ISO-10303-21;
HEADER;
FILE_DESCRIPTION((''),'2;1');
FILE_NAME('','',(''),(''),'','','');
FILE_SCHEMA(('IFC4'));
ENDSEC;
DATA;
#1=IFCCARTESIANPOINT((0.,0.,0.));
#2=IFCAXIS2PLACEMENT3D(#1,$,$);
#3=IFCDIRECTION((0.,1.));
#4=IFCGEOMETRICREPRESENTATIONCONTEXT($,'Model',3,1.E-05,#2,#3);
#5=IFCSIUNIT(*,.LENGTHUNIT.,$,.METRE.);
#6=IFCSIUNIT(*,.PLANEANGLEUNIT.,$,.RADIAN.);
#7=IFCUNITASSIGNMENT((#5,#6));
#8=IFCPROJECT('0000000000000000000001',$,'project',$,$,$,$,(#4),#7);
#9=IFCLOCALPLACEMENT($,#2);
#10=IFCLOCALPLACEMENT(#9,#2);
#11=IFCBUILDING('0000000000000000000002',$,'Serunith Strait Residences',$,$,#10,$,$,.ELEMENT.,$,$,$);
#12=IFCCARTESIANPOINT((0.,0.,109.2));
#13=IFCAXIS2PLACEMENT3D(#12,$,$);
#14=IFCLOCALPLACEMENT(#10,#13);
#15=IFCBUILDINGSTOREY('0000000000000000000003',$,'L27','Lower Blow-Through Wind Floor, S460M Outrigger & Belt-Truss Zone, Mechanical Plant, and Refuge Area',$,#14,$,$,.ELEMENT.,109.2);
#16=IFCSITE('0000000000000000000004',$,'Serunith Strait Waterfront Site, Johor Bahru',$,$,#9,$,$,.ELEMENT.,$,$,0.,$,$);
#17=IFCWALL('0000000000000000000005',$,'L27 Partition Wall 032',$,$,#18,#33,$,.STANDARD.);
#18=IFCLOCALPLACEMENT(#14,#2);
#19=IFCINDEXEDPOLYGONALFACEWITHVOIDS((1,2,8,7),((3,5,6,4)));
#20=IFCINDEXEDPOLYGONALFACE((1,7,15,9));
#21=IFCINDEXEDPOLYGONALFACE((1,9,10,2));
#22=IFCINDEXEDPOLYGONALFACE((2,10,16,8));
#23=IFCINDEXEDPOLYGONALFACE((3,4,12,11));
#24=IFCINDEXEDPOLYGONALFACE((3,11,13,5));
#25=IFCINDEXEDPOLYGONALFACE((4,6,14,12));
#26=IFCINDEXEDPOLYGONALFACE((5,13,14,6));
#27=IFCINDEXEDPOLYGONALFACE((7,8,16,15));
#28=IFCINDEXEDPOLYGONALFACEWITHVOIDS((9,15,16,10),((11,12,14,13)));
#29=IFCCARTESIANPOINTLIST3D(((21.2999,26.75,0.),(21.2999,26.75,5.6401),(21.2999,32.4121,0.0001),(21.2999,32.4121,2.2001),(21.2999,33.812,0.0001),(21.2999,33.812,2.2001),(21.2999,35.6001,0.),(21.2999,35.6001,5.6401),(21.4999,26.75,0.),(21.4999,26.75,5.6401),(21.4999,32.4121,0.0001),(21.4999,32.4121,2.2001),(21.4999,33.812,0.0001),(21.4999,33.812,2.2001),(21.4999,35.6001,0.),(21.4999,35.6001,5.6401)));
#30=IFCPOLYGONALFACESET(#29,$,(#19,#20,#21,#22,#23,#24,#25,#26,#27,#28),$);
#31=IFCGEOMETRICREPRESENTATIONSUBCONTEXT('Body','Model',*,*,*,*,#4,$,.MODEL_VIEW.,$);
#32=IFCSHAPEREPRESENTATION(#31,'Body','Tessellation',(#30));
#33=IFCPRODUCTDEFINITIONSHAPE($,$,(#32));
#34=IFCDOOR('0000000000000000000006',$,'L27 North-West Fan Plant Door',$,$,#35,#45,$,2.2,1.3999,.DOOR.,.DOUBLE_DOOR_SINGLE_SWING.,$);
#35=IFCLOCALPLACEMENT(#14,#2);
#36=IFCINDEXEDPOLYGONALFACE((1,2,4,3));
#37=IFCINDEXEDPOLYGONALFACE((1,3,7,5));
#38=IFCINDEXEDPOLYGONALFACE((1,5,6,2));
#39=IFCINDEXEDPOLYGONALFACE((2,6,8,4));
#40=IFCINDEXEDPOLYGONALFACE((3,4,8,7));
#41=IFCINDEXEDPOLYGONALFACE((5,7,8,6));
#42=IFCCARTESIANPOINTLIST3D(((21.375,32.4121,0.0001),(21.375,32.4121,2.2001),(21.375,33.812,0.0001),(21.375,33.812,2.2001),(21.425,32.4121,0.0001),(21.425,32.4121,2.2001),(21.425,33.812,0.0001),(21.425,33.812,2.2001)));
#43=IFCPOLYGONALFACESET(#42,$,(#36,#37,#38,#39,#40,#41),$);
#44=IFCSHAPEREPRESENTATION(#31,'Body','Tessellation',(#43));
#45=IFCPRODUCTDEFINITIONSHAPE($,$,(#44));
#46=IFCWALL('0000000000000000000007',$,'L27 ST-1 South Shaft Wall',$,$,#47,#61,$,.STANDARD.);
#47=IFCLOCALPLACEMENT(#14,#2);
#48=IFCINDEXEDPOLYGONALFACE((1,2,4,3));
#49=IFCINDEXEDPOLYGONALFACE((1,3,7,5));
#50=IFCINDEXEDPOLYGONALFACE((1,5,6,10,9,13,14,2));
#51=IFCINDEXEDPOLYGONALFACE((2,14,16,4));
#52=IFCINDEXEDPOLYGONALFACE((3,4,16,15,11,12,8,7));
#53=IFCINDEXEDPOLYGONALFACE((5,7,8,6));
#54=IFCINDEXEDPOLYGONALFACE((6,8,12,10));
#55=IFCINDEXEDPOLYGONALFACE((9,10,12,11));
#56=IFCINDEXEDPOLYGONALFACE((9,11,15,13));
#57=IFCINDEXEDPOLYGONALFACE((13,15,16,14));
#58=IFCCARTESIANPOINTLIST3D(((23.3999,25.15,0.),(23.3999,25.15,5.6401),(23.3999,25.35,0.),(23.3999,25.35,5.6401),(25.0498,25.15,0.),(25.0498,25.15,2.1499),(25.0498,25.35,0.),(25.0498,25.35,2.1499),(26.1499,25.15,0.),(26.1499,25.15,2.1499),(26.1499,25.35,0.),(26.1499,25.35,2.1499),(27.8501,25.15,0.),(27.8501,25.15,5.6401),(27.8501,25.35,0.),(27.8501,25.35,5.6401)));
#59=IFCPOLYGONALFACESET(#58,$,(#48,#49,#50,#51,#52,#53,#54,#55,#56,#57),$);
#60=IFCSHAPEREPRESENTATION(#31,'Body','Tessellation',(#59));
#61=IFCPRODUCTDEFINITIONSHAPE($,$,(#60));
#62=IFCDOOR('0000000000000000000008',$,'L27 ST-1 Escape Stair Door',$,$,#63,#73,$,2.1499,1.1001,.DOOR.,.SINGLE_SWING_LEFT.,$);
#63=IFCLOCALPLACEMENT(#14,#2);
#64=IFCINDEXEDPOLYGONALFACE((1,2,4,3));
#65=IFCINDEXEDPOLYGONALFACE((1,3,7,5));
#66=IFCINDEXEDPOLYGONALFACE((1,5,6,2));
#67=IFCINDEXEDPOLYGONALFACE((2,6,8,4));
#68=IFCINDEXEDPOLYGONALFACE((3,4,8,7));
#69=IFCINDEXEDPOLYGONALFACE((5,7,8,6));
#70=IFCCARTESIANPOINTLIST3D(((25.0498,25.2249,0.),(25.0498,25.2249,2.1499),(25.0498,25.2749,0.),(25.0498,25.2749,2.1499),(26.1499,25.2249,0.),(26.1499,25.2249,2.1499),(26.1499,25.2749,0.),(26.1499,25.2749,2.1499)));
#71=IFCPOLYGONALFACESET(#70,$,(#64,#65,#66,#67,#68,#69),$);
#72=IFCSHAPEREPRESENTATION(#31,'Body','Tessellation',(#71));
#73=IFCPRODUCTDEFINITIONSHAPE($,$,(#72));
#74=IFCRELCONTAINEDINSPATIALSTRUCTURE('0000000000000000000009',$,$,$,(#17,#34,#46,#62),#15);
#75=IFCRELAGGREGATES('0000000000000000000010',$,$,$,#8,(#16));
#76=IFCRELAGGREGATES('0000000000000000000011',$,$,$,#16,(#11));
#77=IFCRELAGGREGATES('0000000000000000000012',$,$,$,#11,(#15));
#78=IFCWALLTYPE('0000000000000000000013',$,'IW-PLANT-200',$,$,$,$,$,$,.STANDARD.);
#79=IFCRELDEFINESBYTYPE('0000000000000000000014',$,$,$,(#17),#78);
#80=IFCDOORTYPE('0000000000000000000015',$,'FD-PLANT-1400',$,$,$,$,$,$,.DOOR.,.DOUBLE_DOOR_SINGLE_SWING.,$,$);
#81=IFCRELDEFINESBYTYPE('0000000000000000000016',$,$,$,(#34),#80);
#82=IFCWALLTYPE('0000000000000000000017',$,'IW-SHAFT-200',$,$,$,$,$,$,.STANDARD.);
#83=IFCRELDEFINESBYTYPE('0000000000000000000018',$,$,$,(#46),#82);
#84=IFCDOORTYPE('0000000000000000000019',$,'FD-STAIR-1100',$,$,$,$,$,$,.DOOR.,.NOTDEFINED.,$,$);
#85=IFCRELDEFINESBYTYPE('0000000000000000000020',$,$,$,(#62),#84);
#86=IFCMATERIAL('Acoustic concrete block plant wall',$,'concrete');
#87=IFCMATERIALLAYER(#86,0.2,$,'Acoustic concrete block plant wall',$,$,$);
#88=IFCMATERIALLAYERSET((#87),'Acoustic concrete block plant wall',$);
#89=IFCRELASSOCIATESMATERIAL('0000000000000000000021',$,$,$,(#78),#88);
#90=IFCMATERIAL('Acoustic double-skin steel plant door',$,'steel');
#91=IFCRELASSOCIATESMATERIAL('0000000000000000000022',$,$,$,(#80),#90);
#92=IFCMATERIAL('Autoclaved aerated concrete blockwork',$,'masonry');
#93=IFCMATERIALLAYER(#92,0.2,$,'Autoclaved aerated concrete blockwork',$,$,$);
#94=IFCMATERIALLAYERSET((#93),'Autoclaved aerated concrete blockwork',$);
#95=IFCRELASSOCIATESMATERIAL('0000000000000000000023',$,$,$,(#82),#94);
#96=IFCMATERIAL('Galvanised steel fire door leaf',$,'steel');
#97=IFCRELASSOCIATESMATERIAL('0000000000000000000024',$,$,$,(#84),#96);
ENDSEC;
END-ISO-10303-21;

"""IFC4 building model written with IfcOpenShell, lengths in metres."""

from ifc_helpers import new_model, si_unit, direction, frame, frame_2d, origin, place, context, subcontext, project, spatial, rectangle, extrude, source, transform, mapped, material, layer, layer_set, type_object, element, fill, save


model = new_model("IFC4")

# Units and contexts
model_context = context("Model", 3, precision=1e-05, world=origin(), true_north=direction((0.0, 1.0)))
body_context = subcontext(model_context, "Body", "Model", "MODEL_VIEW")
ifc_project = project(units=[si_unit("LENGTHUNIT", "METRE"), si_unit("PLANEANGLEUNIT", "RADIAN")], contexts=[model_context])

# Site, building, storey
site_placement = place(None, origin())
site = spatial("IfcSite", under=ifc_project, at=site_placement, Name="Serunith Strait Waterfront Site, Johor Bahru", CompositionType="ELEMENT", RefElevation=0.0)
building_placement = place(site_placement, origin())
building = spatial("IfcBuilding", under=site, at=building_placement, Name="Serunith Strait Residences", CompositionType="ELEMENT")
storey_placement = place(building_placement, frame((0.0, 0.0, 109.2)))
storey = spatial("IfcBuildingStorey", under=building, at=storey_placement, Name="L27", Description="Lower Blow-Through Wind Floor, S460M Outrigger & Belt-Truss Zone, Mechanical Plant, and Refuge Area", CompositionType="ELEMENT", Elevation=109.2)

# Shared definitions
ifc_material_1 = material(Name="Acoustic concrete block plant wall", Category="concrete")
ifc_layer_1 = layer(ifc_material_1, 0.2, Name="Acoustic concrete block plant wall")
ifc_layer_set_1 = layer_set([ifc_layer_1], Name="Acoustic concrete block plant wall")
wall_type_1 = type_object("IfcWallType", Name="IW-PLANT-200", PredefinedType="STANDARD", material=ifc_layer_set_1)

# Walls, openings, doors
wall_1_placement = place(storey_placement, frame((21.3999, 26.75, 0.0), z_axis=(0.0, 0.0, 1.0), x_axis=(0.0, 1.0, 0.0)))
wall_1 = element("IfcWall", 1, at=wall_1_placement, inside=storey, type_object=wall_type_1, Name="L27 Partition Wall 032", PredefinedType="STANDARD", context=body_context, shape_type="SweptSolid", body=[
    extrude(rectangle(XDim=8.8501, YDim=0.2, at=frame_2d((4.425, 0.0))), origin(), (0.0, 0.0, 1.0), 5.6401),
])
opening_1_placement = place(wall_1_placement, frame((5.6621, 0.0, 0.0)))
opening_1 = element("IfcOpeningElement", 2, at=opening_1_placement, cuts=wall_1, PredefinedType="OPENING", context=body_context, shape_type="SweptSolid", body=[
    extrude(rectangle(XDim=1.3999, YDim=2.2, at=frame_2d((0.7, 1.1001))), frame((0.0, 0.1099, 0.0), z_axis=(0.0, -1.0, 0.0), x_axis=(1.0, 0.0, 0.0)), (0.0, 0.0, 1.0), 0.22),
])
ifc_material_2 = material(Name="Acoustic double-skin steel plant door", Category="steel")
door_type_1 = type_object("IfcDoorType", Name="FD-PLANT-1400", OperationType="DOUBLE_DOOR_SINGLE_SWING", PredefinedType="DOOR", material=ifc_material_2)
shared_shape_1 = source(origin(), body_context, "Body", "SweptSolid", [
    extrude(rectangle(XDim=1.3999, YDim=2.2, at=frame_2d((0.7, 1.1001))), frame((0.0, 0.0249, 0.0), z_axis=(0.0, -1.0, 0.0), x_axis=(1.0, 0.0, 0.0)), (0.0, 0.0, 1.0), 0.05),
])
door_1_placement = place(opening_1_placement, origin())
door_1 = element("IfcDoor", 3, at=door_1_placement, inside=storey, type_object=door_type_1, Name="L27 North-West Fan Plant Door", OperationType="DOUBLE_DOOR_SINGLE_SWING", OverallHeight=2.2, OverallWidth=1.3999, PredefinedType="DOOR", context=body_context, shape_type="MappedRepresentation", body=[
    mapped(shared_shape_1, transform((0.0, 0.0, 0.0), scale=1.0)),
])
fill(opening_1, door_1)
ifc_material_3 = material(Name="Autoclaved aerated concrete blockwork", Category="masonry")
ifc_layer_2 = layer(ifc_material_3, 0.2, Name="Autoclaved aerated concrete blockwork")
ifc_layer_set_2 = layer_set([ifc_layer_2], Name="Autoclaved aerated concrete blockwork")
wall_type_2 = type_object("IfcWallType", Name="IW-SHAFT-200", PredefinedType="STANDARD", material=ifc_layer_set_2)
wall_2_placement = place(storey_placement, frame((23.3999, 25.25, 0.0), z_axis=(0.0, 0.0, 1.0), x_axis=(1.0, 0.0, 0.0)))
wall_2 = element("IfcWall", 4, at=wall_2_placement, inside=storey, type_object=wall_type_2, Name="L27 ST-1 South Shaft Wall", PredefinedType="STANDARD", context=body_context, shape_type="SweptSolid", body=[
    extrude(rectangle(XDim=4.4502, YDim=0.2, at=frame_2d((2.2251, 0.0))), origin(), (0.0, 0.0, 1.0), 5.6401),
])
opening_2_placement = place(wall_2_placement, frame((1.6499, 0.0, 0.0)))
opening_2 = element("IfcOpeningElement", 5, at=opening_2_placement, cuts=wall_2, PredefinedType="OPENING", context=body_context, shape_type="SweptSolid", body=[
    extrude(rectangle(XDim=1.1001, YDim=2.1499, at=frame_2d((0.55, 1.075))), frame((0.0, 0.1099, 0.0), z_axis=(0.0, -1.0, 0.0), x_axis=(1.0, 0.0, 0.0)), (0.0, 0.0, 1.0), 0.22),
])
ifc_material_4 = material(Name="Galvanised steel fire door leaf", Category="steel")
door_type_2 = type_object("IfcDoorType", Name="FD-STAIR-1100", OperationType="NOTDEFINED", PredefinedType="DOOR", material=ifc_material_4)
shared_shape_2 = source(origin(), body_context, "Body", "SweptSolid", [
    extrude(rectangle(XDim=1.1001, YDim=2.1499, at=frame_2d((0.55, 1.075))), frame((0.0, 0.0249, 0.0), z_axis=(0.0, -1.0, 0.0), x_axis=(1.0, 0.0, 0.0)), (0.0, 0.0, 1.0), 0.05),
])
door_2_placement = place(opening_2_placement, origin())
door_2 = element("IfcDoor", 6, at=door_2_placement, inside=storey, type_object=door_type_2, Name="L27 ST-1 Escape Stair Door", OperationType="SINGLE_SWING_LEFT", OverallHeight=2.1499, OverallWidth=1.1001, PredefinedType="DOOR", context=body_context, shape_type="MappedRepresentation", body=[
    mapped(shared_shape_2, transform((0.0, 0.0, 0.0), scale=1.0)),
])
fill(opening_2, door_2)

save(model, "model.ifc")
